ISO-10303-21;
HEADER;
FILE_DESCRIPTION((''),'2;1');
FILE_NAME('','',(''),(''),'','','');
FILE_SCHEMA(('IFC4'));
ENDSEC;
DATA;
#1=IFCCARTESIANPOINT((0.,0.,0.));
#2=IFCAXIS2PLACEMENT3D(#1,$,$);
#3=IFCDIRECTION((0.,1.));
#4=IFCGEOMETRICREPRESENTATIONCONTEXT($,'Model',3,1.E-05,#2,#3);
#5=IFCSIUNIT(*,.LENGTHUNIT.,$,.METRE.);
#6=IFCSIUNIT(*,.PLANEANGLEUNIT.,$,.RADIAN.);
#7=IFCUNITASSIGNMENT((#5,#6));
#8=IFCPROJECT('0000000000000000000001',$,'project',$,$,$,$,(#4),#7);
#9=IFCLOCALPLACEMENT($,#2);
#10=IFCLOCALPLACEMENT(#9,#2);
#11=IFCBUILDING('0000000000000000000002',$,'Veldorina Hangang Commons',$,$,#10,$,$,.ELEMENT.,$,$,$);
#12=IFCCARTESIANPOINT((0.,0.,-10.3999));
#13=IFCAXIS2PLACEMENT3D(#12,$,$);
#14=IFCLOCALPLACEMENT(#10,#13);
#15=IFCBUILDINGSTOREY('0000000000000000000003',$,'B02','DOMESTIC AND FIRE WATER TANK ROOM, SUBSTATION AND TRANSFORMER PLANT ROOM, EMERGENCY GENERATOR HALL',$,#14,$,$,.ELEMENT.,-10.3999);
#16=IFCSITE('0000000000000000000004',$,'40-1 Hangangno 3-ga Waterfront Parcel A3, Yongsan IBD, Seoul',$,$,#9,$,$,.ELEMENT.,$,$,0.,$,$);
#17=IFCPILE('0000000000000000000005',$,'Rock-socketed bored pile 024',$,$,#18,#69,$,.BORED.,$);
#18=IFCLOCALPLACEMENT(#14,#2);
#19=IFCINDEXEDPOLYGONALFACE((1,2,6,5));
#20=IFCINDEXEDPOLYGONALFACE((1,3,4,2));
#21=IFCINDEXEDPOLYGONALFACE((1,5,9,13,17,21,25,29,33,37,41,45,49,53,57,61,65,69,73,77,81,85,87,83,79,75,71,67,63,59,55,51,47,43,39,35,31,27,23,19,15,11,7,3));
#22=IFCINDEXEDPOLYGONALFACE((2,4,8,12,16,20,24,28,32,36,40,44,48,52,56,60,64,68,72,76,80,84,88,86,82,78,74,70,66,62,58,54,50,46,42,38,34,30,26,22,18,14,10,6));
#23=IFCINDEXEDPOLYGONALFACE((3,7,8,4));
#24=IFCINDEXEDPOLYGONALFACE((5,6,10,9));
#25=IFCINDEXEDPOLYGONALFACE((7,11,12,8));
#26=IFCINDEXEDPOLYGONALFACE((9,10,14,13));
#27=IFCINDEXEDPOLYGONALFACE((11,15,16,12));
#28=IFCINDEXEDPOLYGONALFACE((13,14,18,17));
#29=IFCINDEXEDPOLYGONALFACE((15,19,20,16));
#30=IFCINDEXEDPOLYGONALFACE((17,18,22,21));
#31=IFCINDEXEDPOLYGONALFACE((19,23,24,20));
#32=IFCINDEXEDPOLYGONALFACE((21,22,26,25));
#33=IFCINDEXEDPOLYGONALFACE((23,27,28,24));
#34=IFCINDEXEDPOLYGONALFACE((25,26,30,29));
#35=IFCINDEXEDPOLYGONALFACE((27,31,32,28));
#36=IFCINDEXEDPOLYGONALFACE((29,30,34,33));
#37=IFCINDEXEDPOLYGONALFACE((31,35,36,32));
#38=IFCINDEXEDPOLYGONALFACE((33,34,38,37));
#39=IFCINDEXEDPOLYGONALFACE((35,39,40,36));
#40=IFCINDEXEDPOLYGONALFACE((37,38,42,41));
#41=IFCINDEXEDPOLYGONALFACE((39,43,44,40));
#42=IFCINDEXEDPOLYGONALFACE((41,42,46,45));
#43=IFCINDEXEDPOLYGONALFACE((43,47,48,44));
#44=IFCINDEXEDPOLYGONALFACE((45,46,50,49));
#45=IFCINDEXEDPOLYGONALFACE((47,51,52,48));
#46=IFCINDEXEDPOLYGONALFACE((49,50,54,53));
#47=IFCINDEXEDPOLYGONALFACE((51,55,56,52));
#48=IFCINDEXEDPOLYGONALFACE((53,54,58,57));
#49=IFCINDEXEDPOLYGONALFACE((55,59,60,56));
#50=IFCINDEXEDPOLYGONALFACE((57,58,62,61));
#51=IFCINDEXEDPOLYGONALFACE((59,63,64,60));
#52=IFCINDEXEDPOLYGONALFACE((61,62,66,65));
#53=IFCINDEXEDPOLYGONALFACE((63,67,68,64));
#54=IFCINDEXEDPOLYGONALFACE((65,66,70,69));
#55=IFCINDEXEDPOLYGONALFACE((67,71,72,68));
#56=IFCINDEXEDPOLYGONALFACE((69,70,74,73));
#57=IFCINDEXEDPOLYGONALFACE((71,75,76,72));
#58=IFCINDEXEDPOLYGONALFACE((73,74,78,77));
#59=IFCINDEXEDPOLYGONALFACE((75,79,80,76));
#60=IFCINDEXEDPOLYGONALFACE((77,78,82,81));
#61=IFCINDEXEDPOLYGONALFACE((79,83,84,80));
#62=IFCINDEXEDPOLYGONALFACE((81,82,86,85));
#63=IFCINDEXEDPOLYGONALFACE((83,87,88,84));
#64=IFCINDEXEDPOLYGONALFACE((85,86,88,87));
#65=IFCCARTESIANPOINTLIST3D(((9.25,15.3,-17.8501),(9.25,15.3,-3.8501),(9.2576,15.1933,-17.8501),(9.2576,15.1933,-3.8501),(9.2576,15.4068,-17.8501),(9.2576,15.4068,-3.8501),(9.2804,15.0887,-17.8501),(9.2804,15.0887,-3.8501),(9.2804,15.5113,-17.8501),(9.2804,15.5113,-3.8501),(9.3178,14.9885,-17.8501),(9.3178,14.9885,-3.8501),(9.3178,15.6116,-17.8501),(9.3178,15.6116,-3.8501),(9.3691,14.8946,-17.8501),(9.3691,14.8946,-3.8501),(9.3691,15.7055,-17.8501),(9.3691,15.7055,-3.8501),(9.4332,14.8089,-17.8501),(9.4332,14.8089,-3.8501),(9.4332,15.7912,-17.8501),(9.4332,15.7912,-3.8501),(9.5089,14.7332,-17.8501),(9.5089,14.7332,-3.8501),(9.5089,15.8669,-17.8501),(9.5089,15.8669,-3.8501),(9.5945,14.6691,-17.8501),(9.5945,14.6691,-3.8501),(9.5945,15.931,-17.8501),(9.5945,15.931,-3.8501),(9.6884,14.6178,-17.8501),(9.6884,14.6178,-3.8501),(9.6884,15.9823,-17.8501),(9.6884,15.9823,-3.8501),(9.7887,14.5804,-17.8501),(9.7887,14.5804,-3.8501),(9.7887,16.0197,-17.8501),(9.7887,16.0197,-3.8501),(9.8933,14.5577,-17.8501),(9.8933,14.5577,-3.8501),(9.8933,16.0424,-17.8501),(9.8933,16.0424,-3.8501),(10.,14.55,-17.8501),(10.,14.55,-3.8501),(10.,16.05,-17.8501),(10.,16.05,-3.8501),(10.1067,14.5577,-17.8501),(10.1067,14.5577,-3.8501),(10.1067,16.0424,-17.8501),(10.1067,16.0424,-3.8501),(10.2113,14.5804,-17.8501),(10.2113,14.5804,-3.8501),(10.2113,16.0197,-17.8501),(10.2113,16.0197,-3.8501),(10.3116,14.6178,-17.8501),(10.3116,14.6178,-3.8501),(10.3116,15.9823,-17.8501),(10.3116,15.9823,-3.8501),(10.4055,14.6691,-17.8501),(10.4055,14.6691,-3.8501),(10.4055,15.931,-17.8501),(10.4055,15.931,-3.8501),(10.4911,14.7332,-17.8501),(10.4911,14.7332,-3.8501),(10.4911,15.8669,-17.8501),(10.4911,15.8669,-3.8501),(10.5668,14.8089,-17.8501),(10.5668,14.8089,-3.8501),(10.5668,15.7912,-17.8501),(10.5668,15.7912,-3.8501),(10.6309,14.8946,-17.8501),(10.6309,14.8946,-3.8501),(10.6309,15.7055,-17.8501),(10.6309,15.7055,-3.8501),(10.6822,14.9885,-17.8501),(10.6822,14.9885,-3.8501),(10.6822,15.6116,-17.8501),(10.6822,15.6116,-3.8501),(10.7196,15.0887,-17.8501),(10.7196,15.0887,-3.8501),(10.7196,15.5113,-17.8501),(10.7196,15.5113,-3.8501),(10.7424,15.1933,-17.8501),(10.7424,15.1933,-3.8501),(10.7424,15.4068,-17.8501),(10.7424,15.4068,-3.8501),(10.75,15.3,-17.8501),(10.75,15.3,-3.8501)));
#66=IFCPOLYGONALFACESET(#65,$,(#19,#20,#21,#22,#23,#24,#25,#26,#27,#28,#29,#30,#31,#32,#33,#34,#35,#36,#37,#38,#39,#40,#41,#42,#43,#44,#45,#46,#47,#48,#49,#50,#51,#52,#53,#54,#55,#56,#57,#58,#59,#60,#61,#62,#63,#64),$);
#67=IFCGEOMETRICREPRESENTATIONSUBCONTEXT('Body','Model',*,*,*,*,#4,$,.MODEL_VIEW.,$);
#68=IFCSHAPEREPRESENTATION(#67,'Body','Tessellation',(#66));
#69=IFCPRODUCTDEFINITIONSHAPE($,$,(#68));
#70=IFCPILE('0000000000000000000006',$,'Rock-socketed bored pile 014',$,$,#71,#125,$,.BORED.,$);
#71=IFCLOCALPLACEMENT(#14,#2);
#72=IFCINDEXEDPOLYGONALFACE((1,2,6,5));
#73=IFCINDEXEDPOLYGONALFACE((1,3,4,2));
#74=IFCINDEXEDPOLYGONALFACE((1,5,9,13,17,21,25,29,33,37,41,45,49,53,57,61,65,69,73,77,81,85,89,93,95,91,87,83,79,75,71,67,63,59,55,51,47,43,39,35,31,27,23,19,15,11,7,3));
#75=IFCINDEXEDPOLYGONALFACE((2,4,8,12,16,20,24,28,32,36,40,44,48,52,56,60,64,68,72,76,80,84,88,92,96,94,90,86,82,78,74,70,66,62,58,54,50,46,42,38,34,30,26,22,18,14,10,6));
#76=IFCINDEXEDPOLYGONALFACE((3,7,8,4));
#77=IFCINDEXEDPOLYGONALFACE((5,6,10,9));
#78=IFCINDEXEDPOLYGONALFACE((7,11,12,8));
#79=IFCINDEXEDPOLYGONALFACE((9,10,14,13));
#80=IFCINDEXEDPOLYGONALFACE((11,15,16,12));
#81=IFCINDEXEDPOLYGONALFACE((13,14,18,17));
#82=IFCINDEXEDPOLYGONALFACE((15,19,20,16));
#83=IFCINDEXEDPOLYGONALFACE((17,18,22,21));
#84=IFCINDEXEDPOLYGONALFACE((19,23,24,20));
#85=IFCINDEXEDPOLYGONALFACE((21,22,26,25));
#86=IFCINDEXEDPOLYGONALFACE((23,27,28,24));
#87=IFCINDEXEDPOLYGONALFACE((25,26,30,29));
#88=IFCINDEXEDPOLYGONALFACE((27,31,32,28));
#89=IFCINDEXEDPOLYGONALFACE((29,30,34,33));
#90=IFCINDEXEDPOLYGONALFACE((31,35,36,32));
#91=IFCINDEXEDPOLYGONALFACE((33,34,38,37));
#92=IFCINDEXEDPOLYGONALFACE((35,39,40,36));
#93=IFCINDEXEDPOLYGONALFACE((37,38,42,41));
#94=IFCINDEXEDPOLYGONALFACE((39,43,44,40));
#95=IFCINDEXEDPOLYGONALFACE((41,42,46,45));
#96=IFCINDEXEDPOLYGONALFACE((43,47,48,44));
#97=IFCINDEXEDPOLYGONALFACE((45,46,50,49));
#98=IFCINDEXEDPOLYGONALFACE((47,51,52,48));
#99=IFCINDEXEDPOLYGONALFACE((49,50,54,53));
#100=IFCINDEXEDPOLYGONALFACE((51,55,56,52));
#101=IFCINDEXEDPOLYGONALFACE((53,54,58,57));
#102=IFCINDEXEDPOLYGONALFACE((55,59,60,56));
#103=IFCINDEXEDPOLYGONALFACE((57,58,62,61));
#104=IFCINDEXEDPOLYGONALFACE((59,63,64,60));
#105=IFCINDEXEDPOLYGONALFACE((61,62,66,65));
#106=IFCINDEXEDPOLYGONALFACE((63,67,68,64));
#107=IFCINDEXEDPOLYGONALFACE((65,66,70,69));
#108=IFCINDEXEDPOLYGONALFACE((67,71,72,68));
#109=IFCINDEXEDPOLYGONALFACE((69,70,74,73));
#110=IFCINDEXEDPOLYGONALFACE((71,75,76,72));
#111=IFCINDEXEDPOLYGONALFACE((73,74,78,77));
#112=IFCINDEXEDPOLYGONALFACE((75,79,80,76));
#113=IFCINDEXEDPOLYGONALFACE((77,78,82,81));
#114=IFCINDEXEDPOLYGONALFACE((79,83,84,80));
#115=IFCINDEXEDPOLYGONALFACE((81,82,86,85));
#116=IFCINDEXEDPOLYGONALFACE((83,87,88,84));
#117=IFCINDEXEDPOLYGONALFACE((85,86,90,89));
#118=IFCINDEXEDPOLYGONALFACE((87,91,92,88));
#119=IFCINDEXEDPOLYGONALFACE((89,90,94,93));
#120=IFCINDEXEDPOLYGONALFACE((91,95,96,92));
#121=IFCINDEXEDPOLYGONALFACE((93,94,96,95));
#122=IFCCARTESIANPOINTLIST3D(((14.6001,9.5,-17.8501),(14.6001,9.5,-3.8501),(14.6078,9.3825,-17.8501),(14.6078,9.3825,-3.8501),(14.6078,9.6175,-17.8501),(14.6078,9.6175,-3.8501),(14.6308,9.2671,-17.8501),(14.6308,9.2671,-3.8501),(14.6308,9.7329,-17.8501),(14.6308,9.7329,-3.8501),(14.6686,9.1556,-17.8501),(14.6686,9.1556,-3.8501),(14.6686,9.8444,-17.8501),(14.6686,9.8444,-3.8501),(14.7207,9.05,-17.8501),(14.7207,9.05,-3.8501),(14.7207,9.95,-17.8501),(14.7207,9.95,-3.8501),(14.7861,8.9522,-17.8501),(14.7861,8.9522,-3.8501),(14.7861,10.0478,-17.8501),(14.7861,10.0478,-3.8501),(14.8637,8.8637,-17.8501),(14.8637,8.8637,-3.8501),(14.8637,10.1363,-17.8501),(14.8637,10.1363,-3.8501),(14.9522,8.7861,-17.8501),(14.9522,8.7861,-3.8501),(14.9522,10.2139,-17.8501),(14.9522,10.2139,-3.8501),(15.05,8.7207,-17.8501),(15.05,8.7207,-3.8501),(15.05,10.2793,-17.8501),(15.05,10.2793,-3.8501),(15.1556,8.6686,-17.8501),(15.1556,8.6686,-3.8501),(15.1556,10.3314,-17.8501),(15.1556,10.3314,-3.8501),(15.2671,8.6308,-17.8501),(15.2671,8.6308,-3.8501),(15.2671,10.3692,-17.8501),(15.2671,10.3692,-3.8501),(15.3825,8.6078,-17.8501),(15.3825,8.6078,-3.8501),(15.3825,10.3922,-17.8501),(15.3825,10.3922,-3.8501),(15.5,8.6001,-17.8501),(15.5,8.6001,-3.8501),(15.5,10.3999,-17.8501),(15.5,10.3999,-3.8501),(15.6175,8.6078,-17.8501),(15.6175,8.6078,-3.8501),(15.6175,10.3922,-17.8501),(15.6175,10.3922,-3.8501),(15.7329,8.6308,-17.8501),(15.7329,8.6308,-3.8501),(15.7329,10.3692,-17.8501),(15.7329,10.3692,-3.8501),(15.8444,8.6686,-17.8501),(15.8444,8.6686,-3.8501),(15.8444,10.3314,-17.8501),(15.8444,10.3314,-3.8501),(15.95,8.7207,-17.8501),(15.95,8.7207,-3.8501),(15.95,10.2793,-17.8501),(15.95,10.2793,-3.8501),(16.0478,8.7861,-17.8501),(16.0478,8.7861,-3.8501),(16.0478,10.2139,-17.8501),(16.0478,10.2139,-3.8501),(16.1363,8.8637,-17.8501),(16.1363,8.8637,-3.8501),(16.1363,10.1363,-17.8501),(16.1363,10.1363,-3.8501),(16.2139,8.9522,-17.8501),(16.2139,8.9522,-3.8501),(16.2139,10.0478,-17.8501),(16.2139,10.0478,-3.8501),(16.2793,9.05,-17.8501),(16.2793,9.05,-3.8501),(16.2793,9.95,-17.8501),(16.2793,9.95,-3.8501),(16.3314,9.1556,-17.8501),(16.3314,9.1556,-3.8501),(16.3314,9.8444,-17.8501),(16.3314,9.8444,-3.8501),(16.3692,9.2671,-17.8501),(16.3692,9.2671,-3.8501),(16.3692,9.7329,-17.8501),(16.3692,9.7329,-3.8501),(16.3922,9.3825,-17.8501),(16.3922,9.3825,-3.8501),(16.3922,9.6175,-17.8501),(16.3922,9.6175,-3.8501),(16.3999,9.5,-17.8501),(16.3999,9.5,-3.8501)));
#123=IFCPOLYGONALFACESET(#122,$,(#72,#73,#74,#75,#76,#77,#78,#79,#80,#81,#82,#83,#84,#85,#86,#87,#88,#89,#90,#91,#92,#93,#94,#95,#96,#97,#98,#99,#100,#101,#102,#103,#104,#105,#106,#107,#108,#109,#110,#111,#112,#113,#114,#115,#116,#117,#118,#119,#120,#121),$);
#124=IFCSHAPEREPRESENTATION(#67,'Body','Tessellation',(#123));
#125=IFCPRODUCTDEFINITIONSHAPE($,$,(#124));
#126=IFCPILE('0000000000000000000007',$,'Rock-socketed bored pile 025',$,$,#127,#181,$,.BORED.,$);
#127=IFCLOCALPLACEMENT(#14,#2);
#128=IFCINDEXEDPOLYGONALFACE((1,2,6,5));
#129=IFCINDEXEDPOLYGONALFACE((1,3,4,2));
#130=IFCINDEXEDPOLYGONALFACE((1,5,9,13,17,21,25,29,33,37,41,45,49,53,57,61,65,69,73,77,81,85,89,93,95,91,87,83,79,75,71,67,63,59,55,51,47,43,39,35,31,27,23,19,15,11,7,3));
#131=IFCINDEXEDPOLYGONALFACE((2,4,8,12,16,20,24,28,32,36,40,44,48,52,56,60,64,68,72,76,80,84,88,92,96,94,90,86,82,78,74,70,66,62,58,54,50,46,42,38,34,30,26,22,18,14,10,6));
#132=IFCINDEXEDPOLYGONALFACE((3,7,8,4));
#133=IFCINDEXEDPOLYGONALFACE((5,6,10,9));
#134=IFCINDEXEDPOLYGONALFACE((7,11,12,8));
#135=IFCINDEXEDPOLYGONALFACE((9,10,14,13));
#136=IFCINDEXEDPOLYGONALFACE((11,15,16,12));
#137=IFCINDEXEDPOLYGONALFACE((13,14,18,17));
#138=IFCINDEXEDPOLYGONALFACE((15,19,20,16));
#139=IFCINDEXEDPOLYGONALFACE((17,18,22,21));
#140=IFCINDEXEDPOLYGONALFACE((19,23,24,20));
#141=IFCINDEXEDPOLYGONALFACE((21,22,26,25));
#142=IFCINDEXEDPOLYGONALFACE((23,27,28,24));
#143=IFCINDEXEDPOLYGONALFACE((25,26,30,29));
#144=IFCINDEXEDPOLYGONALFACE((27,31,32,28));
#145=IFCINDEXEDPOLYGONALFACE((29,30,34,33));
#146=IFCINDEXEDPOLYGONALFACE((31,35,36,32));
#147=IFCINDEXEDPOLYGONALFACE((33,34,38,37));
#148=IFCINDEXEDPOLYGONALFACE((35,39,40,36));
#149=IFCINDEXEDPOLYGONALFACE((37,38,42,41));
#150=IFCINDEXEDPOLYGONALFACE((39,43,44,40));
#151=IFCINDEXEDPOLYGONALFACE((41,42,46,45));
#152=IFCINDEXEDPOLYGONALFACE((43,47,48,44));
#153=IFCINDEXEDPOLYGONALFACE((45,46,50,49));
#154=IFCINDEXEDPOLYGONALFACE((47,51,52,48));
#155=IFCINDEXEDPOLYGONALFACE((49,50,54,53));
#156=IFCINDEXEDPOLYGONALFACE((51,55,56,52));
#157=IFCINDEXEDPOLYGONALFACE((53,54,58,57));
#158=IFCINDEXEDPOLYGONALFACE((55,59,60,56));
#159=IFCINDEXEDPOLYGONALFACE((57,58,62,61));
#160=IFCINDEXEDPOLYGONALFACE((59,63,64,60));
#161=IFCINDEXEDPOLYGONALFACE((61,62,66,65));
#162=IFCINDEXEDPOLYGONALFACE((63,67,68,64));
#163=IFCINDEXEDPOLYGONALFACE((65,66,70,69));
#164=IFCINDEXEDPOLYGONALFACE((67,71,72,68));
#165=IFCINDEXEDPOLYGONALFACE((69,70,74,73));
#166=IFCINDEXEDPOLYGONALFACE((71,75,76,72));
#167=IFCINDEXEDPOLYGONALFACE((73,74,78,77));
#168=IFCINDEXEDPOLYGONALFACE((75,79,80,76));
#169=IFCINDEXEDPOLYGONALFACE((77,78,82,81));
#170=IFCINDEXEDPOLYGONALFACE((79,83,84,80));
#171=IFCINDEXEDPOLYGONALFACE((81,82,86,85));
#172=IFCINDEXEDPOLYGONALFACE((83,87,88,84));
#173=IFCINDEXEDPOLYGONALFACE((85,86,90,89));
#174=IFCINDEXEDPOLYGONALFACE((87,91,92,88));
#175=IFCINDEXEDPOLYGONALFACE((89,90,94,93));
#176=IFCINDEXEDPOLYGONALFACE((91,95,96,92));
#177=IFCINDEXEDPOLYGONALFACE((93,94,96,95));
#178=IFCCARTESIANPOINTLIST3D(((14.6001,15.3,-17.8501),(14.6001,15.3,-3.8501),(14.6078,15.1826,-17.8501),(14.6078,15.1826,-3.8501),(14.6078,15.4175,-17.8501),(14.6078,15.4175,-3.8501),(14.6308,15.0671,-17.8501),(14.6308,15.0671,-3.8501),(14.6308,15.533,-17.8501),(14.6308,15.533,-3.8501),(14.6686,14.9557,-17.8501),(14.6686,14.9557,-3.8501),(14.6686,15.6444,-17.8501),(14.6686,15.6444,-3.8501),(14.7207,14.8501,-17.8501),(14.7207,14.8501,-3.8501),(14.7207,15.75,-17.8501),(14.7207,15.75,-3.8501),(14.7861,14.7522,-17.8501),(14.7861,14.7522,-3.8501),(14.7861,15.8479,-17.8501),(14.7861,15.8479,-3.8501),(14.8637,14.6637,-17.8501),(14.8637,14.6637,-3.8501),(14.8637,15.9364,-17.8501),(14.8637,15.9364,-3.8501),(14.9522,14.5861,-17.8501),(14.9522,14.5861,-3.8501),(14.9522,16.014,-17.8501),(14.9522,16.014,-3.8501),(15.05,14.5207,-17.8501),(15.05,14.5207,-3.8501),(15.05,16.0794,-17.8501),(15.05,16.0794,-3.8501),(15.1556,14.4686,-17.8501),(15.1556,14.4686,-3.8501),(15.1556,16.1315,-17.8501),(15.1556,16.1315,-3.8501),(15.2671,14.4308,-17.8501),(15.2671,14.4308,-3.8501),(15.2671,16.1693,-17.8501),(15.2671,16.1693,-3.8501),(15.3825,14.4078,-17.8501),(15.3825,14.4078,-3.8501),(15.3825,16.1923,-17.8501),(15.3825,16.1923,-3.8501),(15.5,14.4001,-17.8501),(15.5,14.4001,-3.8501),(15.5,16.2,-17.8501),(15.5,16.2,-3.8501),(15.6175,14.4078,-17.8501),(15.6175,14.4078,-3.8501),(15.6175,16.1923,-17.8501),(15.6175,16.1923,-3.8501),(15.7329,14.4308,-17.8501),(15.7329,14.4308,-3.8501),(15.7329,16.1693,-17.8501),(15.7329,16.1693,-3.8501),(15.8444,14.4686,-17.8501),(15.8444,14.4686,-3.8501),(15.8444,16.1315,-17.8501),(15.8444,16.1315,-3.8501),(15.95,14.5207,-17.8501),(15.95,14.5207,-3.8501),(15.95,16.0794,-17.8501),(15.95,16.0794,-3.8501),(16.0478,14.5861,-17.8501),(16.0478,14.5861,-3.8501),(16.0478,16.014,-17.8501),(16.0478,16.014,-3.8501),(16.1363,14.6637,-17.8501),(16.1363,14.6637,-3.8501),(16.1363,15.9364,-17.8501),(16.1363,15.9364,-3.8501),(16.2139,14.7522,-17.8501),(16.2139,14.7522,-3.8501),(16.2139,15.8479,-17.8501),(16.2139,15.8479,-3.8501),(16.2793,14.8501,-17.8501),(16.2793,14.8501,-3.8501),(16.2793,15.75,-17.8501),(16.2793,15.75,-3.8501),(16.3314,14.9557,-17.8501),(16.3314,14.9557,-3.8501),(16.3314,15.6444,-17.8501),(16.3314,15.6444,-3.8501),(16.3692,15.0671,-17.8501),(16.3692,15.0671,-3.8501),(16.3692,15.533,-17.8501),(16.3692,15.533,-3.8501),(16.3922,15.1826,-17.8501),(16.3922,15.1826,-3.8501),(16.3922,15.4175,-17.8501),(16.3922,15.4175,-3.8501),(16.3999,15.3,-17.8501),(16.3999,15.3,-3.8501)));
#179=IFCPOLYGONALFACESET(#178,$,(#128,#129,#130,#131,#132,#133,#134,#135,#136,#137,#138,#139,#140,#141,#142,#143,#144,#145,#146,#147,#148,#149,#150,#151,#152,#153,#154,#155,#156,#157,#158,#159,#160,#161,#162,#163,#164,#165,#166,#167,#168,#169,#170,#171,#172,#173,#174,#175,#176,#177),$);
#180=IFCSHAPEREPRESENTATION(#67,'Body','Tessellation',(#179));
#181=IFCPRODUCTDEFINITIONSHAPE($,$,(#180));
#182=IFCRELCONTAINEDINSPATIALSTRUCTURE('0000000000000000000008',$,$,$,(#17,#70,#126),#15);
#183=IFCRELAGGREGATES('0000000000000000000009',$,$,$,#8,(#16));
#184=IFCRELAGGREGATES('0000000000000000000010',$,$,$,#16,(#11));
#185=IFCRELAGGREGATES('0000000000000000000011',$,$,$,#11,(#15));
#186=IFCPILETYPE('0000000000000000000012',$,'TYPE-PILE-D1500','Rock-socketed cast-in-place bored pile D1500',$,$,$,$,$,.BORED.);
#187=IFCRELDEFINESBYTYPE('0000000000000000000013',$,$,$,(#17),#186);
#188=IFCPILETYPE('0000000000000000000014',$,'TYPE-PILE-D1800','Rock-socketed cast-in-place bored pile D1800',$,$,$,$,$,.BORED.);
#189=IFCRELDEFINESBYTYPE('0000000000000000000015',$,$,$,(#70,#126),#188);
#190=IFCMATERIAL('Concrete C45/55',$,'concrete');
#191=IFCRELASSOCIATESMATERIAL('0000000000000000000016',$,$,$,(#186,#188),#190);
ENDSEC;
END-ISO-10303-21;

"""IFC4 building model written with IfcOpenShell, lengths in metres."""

from ifc_helpers import new_model, si_unit, direction, frame, origin, origin_2d, place, context, subcontext, project, spatial, circle, extrude, material, material_profile, profile_set, type_object, element, save


model = new_model("IFC4")

# Units and contexts
model_context = context("Model", 3, precision=1e-05, world=origin(), true_north=direction((0.0, 1.0)))
body_context = subcontext(model_context, "Body", "Model", "MODEL_VIEW")
ifc_project = project(units=[si_unit("LENGTHUNIT", "METRE"), si_unit("PLANEANGLEUNIT", "RADIAN")], contexts=[model_context])

# Site, building, storey
site_placement = place(None, origin())
site = spatial("IfcSite", under=ifc_project, at=site_placement, Name="40-1 Hangangno 3-ga Waterfront Parcel A3, Yongsan IBD, Seoul", CompositionType="ELEMENT", RefElevation=0.0)
building_placement = place(site_placement, origin())
building = spatial("IfcBuilding", under=site, at=building_placement, Name="Veldorina Hangang Commons", CompositionType="ELEMENT")
storey_placement = place(building_placement, frame((0.0, 0.0, -10.3999)))
storey = spatial("IfcBuildingStorey", under=building, at=storey_placement, Name="B02", Description="DOMESTIC AND FIRE WATER TANK ROOM, SUBSTATION AND TRANSFORMER PLANT ROOM, EMERGENCY GENERATOR HALL", CompositionType="ELEMENT", Elevation=-10.3999)

# Piles
ifc_material_1 = material(Name="Concrete C45/55", Category="concrete")
ifc_material_profile_1 = material_profile(ifc_material_1, circle(Radius=0.75, at=origin_2d()), Name="PILE-D1500")
ifc_profile_set_1 = profile_set([ifc_material_profile_1], Name="Concrete C45/55")
pile_type_1 = type_object("IfcPileType", Name="TYPE-PILE-D1500", Description="Rock-socketed cast-in-place bored pile D1500", PredefinedType="BORED", material=ifc_profile_set_1)
for number, where, z_axis, x_axis, name in (
    (1, (10.0, 15.3, -3.8501), (0.0, 0.0, -1.0), (1.0, 0.0, 0.0), "Rock-socketed bored pile 024"),
):
    element("IfcPile", number, at=place(storey_placement, frame(where, z_axis=z_axis, x_axis=x_axis)), inside=storey, type_object=pile_type_1, Name=name, PredefinedType="BORED", context=body_context, shape_type="SweptSolid", body=[
        extrude(circle(Radius=0.75, at=origin_2d()), origin(), (0.0, 0.0, 1.0), 14.0),
    ])
ifc_material_profile_2 = material_profile(ifc_material_1, circle(Radius=0.8999, at=origin_2d()), Name="PILE-D1800")
ifc_profile_set_2 = profile_set([ifc_material_profile_2], Name="Concrete C45/55")
pile_type_2 = type_object("IfcPileType", Name="TYPE-PILE-D1800", Description="Rock-socketed cast-in-place bored pile D1800", PredefinedType="BORED", material=ifc_profile_set_2)
for number, where, z_axis, x_axis, name in (
    (2, (15.5, 9.5, -3.8501), (0.0, 0.0, -1.0), (1.0, 0.0, 0.0), "Rock-socketed bored pile 014"),
    (3, (15.5, 15.3, -3.8501), (0.0, 0.0, -1.0), (1.0, 0.0, 0.0), "Rock-socketed bored pile 025"),
):
    element("IfcPile", number, at=place(storey_placement, frame(where, z_axis=z_axis, x_axis=x_axis)), inside=storey, type_object=pile_type_2, Name=name, PredefinedType="BORED", context=body_context, shape_type="SweptSolid", body=[
        extrude(circle(Radius=0.8999, at=origin_2d()), origin(), (0.0, 0.0, 1.0), 14.0),
    ])

save(model, "model.ifc")
